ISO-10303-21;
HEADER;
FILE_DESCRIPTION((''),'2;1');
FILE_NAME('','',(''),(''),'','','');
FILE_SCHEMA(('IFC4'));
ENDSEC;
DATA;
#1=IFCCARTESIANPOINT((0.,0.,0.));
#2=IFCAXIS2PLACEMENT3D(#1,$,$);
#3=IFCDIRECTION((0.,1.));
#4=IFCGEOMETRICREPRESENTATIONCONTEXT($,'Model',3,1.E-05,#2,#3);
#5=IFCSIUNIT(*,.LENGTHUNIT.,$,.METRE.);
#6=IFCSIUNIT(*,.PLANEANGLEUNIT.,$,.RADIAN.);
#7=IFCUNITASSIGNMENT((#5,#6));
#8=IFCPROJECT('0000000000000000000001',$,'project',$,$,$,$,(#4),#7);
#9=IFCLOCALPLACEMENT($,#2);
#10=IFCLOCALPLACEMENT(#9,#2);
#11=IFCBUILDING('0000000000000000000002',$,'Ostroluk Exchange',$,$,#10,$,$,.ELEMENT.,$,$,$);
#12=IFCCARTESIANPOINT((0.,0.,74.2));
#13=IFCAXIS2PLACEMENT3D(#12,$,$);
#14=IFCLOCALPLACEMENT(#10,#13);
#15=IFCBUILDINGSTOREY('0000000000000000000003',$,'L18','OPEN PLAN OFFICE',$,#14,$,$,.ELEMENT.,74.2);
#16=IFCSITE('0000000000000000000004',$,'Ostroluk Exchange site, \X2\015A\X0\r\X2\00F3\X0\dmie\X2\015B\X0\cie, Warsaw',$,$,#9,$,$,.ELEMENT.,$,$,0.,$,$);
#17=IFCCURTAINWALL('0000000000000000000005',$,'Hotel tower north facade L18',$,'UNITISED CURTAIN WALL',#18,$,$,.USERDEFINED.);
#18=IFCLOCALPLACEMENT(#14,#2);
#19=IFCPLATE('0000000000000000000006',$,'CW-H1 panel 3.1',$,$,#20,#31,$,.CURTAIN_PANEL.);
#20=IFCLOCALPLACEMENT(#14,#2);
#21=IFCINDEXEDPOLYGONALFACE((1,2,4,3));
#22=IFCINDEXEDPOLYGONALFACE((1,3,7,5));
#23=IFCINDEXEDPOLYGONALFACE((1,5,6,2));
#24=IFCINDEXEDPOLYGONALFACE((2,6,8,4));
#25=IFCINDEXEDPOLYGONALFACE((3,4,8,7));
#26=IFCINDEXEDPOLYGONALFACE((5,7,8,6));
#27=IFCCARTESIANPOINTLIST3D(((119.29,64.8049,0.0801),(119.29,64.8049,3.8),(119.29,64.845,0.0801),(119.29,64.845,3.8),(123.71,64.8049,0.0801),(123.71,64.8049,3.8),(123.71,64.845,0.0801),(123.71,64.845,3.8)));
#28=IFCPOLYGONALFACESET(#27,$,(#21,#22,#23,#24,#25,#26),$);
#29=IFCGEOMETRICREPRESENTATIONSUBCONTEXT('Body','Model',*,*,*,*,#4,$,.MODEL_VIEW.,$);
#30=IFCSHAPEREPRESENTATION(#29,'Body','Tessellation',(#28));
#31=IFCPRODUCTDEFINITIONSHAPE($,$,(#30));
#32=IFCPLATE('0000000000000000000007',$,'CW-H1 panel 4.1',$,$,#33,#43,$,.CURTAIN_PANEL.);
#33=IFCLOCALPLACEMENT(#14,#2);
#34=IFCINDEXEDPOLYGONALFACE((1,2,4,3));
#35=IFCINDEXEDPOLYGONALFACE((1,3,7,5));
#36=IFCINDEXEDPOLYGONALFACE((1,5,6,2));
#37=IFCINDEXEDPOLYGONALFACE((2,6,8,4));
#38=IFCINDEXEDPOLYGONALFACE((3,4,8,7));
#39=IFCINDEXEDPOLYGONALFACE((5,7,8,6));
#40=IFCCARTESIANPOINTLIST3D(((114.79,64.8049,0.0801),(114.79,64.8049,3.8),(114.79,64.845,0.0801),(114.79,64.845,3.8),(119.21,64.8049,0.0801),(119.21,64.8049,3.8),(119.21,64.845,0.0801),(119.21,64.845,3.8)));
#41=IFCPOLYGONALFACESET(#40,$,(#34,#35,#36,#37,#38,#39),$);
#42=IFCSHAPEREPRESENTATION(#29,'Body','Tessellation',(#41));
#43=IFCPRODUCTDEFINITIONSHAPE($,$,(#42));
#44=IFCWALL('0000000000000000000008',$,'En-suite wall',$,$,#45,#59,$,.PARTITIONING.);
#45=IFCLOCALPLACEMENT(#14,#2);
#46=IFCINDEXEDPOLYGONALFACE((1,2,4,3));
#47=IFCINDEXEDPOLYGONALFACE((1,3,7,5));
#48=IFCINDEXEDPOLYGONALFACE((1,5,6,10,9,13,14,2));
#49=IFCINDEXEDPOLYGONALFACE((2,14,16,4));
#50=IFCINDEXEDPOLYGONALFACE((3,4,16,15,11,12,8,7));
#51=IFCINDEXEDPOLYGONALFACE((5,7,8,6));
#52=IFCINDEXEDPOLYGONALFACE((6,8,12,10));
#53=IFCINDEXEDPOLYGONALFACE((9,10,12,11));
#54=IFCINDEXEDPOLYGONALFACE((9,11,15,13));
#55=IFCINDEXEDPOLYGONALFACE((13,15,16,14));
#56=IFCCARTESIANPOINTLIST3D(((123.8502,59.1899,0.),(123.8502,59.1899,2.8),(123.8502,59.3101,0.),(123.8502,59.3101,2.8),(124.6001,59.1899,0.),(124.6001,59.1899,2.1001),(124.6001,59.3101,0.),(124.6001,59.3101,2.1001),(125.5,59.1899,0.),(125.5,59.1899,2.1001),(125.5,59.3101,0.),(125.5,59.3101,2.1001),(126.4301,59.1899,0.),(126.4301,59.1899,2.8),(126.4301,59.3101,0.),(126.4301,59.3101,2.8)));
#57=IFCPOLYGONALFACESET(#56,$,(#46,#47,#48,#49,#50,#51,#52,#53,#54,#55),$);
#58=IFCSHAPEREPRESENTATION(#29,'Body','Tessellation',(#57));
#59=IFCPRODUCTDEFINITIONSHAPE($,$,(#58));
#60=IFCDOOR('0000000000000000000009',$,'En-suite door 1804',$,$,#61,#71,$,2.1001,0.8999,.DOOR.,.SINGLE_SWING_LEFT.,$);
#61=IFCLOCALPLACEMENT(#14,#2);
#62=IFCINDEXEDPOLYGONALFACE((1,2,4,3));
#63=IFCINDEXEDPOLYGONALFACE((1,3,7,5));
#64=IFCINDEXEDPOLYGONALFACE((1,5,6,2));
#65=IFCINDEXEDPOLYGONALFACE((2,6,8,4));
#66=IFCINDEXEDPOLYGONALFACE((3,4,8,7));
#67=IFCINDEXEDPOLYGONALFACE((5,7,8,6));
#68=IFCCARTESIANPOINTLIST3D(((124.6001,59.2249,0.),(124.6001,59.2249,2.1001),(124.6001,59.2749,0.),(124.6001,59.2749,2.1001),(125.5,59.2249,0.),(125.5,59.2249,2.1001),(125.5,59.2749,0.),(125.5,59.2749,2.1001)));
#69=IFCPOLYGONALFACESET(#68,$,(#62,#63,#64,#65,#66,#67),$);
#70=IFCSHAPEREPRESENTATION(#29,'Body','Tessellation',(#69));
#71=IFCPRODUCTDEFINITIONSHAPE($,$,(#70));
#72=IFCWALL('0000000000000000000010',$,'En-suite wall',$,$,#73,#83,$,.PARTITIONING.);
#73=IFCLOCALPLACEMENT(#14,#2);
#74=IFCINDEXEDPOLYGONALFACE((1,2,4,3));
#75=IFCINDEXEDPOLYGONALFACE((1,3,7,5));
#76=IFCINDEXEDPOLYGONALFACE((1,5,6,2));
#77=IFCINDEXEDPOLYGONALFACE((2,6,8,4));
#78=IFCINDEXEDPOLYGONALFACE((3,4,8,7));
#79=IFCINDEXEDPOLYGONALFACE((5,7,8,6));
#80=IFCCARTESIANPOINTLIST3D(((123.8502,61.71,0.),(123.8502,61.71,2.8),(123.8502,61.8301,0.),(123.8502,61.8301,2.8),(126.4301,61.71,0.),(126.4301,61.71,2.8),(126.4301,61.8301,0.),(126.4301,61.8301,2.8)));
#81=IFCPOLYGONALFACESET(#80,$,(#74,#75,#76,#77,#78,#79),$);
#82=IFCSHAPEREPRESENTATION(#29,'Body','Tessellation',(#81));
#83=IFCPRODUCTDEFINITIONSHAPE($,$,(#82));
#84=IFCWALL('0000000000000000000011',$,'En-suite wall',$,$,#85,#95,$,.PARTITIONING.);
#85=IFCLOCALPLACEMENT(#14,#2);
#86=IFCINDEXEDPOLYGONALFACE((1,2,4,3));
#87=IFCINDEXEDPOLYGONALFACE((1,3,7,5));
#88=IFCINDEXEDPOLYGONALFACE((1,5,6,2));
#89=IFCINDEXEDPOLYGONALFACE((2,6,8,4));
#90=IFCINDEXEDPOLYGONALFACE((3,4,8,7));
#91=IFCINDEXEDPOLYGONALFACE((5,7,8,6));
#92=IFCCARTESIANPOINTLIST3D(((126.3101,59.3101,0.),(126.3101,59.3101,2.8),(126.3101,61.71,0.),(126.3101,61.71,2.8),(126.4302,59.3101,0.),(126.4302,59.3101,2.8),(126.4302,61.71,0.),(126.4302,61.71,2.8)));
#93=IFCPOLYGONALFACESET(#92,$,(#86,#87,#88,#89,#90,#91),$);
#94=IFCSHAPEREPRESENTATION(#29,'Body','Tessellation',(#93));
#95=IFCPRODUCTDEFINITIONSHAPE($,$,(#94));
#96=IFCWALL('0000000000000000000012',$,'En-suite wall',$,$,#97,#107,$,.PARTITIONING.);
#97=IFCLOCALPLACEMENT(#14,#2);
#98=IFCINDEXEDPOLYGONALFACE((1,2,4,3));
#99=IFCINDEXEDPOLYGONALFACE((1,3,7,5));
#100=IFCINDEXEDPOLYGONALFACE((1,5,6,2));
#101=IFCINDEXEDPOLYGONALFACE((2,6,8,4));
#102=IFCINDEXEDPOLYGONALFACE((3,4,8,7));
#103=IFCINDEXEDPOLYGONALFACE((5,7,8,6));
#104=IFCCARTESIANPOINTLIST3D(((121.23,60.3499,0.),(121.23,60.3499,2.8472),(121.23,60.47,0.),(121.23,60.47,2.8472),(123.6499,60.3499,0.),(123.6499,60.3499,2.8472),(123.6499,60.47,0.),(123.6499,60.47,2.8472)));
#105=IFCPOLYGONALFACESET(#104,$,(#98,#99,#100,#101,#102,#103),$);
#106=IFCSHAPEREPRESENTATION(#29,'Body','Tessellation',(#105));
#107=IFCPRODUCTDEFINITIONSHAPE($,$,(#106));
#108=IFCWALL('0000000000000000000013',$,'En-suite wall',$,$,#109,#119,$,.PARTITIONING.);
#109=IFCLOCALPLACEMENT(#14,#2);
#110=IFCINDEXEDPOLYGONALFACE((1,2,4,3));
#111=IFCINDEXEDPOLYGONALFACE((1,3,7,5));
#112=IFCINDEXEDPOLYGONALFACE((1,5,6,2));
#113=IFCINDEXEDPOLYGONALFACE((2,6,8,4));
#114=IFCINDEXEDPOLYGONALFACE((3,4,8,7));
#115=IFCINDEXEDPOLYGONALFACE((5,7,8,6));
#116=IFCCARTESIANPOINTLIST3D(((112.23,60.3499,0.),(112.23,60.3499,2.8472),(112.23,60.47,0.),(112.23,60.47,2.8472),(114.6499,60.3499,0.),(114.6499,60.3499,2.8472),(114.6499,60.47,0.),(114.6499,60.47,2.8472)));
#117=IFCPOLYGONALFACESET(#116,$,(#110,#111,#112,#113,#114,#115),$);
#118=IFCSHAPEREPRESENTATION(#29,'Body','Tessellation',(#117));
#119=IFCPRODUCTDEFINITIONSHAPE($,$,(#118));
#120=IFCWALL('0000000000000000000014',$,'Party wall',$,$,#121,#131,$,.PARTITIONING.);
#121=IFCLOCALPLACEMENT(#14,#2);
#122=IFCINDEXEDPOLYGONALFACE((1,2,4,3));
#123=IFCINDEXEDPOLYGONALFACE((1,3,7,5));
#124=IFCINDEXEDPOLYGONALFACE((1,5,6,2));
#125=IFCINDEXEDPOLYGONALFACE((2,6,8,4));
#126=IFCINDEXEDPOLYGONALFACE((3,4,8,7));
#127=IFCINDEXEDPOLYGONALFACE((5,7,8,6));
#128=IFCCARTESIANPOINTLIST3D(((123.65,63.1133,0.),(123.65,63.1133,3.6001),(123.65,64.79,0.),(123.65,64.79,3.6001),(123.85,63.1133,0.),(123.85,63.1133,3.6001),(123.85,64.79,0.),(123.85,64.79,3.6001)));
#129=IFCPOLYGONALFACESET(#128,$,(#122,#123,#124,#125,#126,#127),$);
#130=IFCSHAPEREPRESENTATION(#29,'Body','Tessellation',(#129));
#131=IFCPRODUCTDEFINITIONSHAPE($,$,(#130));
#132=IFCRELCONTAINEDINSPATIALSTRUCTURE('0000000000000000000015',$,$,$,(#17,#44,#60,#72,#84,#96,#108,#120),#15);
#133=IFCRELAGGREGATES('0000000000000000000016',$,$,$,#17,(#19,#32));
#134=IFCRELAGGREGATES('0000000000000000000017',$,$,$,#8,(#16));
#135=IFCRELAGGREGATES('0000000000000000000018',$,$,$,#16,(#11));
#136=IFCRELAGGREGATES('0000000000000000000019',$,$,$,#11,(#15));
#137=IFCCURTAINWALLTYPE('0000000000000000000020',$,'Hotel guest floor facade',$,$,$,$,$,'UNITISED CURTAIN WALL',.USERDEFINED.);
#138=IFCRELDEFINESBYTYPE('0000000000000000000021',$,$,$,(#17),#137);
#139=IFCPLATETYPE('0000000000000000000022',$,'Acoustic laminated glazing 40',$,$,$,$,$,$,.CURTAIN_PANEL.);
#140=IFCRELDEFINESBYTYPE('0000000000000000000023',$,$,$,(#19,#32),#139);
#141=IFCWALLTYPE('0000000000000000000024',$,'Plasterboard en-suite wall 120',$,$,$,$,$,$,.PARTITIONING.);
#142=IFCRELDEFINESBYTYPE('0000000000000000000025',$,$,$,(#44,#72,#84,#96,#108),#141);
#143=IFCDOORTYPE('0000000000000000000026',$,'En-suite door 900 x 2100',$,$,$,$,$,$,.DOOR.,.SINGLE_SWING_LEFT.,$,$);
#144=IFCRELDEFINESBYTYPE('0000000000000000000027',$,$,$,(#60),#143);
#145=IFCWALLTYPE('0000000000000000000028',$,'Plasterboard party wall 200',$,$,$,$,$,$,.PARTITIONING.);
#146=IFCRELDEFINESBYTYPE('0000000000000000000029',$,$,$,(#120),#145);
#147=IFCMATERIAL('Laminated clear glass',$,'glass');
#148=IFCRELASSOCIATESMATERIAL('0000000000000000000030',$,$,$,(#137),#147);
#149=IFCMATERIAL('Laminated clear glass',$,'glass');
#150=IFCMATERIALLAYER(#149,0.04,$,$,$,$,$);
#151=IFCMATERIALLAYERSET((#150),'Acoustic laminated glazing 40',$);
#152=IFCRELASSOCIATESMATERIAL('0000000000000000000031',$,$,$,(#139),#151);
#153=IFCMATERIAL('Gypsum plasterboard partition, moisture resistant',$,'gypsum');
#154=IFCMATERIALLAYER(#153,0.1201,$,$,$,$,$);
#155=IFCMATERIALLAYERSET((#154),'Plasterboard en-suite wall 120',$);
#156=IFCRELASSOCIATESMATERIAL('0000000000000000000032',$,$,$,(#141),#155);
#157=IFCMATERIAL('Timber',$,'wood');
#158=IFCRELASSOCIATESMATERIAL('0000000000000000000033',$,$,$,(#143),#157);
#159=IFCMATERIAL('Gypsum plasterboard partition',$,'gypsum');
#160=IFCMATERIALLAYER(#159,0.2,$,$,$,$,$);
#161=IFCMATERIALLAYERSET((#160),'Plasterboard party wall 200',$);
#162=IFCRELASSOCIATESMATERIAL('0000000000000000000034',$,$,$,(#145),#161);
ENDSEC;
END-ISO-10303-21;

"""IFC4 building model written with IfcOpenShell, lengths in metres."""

from ifc_helpers import new_model, si_unit, direction, frame, frame_2d, origin, origin_2d, place, context, subcontext, project, spatial, rectangle, extrude, material, layer, layer_set, type_object, element, fill, aggregate, save


model = new_model("IFC4")

# Units and contexts
model_context = context("Model", 3, precision=1e-05, world=origin(), true_north=direction((0.0, 1.0)))
body_context = subcontext(model_context, "Body", "Model", "MODEL_VIEW")
ifc_project = project(units=[si_unit("LENGTHUNIT", "METRE"), si_unit("PLANEANGLEUNIT", "RADIAN")], contexts=[model_context])

# Site, building, storey
site_placement = place(None, origin())
site = spatial("IfcSite", under=ifc_project, at=site_placement, Name="Ostroluk Exchange site, Śródmieście, Warsaw", CompositionType="ELEMENT", RefElevation=0.0)
building_placement = place(site_placement, origin())
building = spatial("IfcBuilding", under=site, at=building_placement, Name="Ostroluk Exchange", CompositionType="ELEMENT")
storey_placement = place(building_placement, frame((0.0, 0.0, 74.2)))
storey = spatial("IfcBuildingStorey", under=building, at=storey_placement, Name="L18", Description="OPEN PLAN OFFICE", CompositionType="ELEMENT", Elevation=74.2)

# Curtain wall, plates
ifc_material_1 = material(Name="Laminated clear glass", Category="glass")
curtain_wall_type = type_object("IfcCurtainWallType", Name="Hotel guest floor facade", ElementType="UNITISED CURTAIN WALL", PredefinedType="USERDEFINED", material=ifc_material_1)
curtain_wall_placement = place(storey_placement, origin())
curtain_wall = element("IfcCurtainWall", 1, at=curtain_wall_placement, inside=storey, type_object=curtain_wall_type, Name="Hotel tower north facade L18", ObjectType="UNITISED CURTAIN WALL", PredefinedType="USERDEFINED")
ifc_material_2 = material(Name="Laminated clear glass", Category="glass")
ifc_layer_1 = layer(ifc_material_2, 0.04)
ifc_layer_set_1 = layer_set([ifc_layer_1], Name="Acoustic laminated glazing 40")
plate_type = type_object("IfcPlateType", Name="Acoustic laminated glazing 40", PredefinedType="CURTAIN_PANEL", material=ifc_layer_set_1)
plate_1_placement = place(storey_placement, frame((121.5, 64.825, 0.0801), z_axis=(0.0, 0.0, 1.0), x_axis=(-1.0, 0.0, 0.0)))
plate_1 = element("IfcPlate", 2, at=plate_1_placement, type_object=plate_type, Name="CW-H1 panel 3.1", PredefinedType="CURTAIN_PANEL", context=body_context, shape_type="SweptSolid", body=[
    extrude(rectangle(XDim=4.4199, YDim=0.04, at=origin_2d()), origin(), (0.0, 0.0, 1.0), 3.72),
])
plate_2_placement = place(storey_placement, frame((117.0, 64.825, 0.0801), z_axis=(0.0, 0.0, 1.0), x_axis=(-1.0, 0.0, 0.0)))
plate_2 = element("IfcPlate", 3, at=plate_2_placement, type_object=plate_type, Name="CW-H1 panel 4.1", PredefinedType="CURTAIN_PANEL", context=body_context, shape_type="SweptSolid", body=[
    extrude(rectangle(XDim=4.4199, YDim=0.04, at=origin_2d()), origin(), (0.0, 0.0, 1.0), 3.72),
])
aggregate(curtain_wall, [plate_1, plate_2])

# Wall, opening, door
ifc_material_3 = material(Name="Gypsum plasterboard partition, moisture resistant", Category="gypsum")
ifc_layer_2 = layer(ifc_material_3, 0.1201)
ifc_layer_set_2 = layer_set([ifc_layer_2], Name="Plasterboard en-suite wall 120")
wall_type_1 = type_object("IfcWallType", Name="Plasterboard en-suite wall 120", PredefinedType="PARTITIONING", material=ifc_layer_set_2)
wall_1_placement = place(storey_placement, frame((123.8501, 59.25, 0.0), z_axis=(0.0, 0.0, 1.0), x_axis=(1.0, 0.0, 0.0)))
wall_1 = element("IfcWall", 4, at=wall_1_placement, inside=storey, type_object=wall_type_1, Name="En-suite wall", PredefinedType="PARTITIONING", context=body_context, shape_type="SweptSolid", body=[
    extrude(rectangle(XDim=2.5798, YDim=0.1201, at=frame_2d((1.29, 0.0))), origin(), (0.0, 0.0, 1.0), 2.8),
])
opening_placement = place(wall_1_placement, frame((0.75, 0.0, 0.0)))
opening = element("IfcOpeningElement", 5, at=opening_placement, cuts=wall_1, PredefinedType="OPENING", context=body_context, shape_type="SweptSolid", body=[
    extrude(rectangle(XDim=0.8999, YDim=2.1001, at=frame_2d((0.45, 1.05))), frame((0.0, 0.0701, 0.0), z_axis=(0.0, -1.0, 0.0), x_axis=(1.0, 0.0, 0.0)), (0.0, 0.0, 1.0), 0.1401),
])
ifc_material_4 = material(Name="Timber", Category="wood")
door_type = type_object("IfcDoorType", Name="En-suite door 900 x 2100", OperationType="SINGLE_SWING_LEFT", PredefinedType="DOOR", material=ifc_material_4)
door_placement = place(opening_placement, origin())
door = element("IfcDoor", 6, at=door_placement, inside=storey, type_object=door_type, Name="En-suite door 1804", OperationType="SINGLE_SWING_LEFT", OverallHeight=2.1001, OverallWidth=0.8999, PredefinedType="DOOR", context=body_context, shape_type="SweptSolid", body=[
    extrude(rectangle(XDim=0.8999, YDim=2.1001, at=frame_2d((0.45, 1.05))), frame((0.0, 0.0249, 0.0), z_axis=(0.0, -1.0, 0.0), x_axis=(1.0, 0.0, 0.0)), (0.0, 0.0, 1.0), 0.05),
])
fill(opening, door)

# Walls
wall_2_placement = place(storey_placement, frame((123.8501, 61.77, 0.0), z_axis=(0.0, 0.0, 1.0), x_axis=(1.0, 0.0, 0.0)))
element("IfcWall", 7, at=wall_2_placement, inside=storey, type_object=wall_type_1, Name="En-suite wall", PredefinedType="PARTITIONING", context=body_context, shape_type="SweptSolid", body=[
    extrude(rectangle(XDim=2.5798, YDim=0.1201, at=frame_2d((1.29, 0.0))), origin(), (0.0, 0.0, 1.0), 2.8),
])
wall_3_placement = place(storey_placement, frame((126.3701, 59.3101, 0.0), z_axis=(0.0, 0.0, 1.0), x_axis=(0.0, 1.0, 0.0)))
element("IfcWall", 8, at=wall_3_placement, inside=storey, type_object=wall_type_1, Name="En-suite wall", PredefinedType="PARTITIONING", context=body_context, shape_type="SweptSolid", body=[
    extrude(rectangle(XDim=2.3999, YDim=0.1201, at=frame_2d((1.2, 0.0))), origin(), (0.0, 0.0, 1.0), 2.8),
])
for number, where, z_axis, x_axis, name in (
    (9, (123.6499, 60.4099, 0.0), (0.0, 0.0, 1.0), (-1.0, 0.0, 0.0), "En-suite wall"),
    (10, (114.6499, 60.4099, 0.0), (0.0, 0.0, 1.0), (-1.0, 0.0, 0.0), "En-suite wall"),
):
    element("IfcWall", number, at=place(storey_placement, frame(where, z_axis=z_axis, x_axis=x_axis)), inside=storey, type_object=wall_type_1, Name=name, PredefinedType="PARTITIONING", context=body_context, shape_type="SweptSolid", body=[
        extrude(rectangle(XDim=2.4199, YDim=0.1201, at=frame_2d((1.21, 0.0))), origin(), (0.0, 0.0, 1.0), 2.8472),
    ])
ifc_material_5 = material(Name="Gypsum plasterboard partition", Category="gypsum")
ifc_layer_3 = layer(ifc_material_5, 0.2)
ifc_layer_set_3 = layer_set([ifc_layer_3], Name="Plasterboard party wall 200")
wall_type_2 = type_object("IfcWallType", Name="Plasterboard party wall 200", PredefinedType="PARTITIONING", material=ifc_layer_set_3)
wall_4_placement = place(storey_placement, frame((123.75, 63.1133, 0.0), z_axis=(0.0, 0.0, 1.0), x_axis=(0.0, 1.0, 0.0)))
element("IfcWall", 11, at=wall_4_placement, inside=storey, type_object=wall_type_2, Name="Party wall", PredefinedType="PARTITIONING", context=body_context, shape_type="SweptSolid", body=[
    extrude(rectangle(XDim=1.6768, YDim=0.2, at=frame_2d((0.8384, 0.0))), origin(), (0.0, 0.0, 1.0), 3.6001),
])

save(model, "model.ifc")
